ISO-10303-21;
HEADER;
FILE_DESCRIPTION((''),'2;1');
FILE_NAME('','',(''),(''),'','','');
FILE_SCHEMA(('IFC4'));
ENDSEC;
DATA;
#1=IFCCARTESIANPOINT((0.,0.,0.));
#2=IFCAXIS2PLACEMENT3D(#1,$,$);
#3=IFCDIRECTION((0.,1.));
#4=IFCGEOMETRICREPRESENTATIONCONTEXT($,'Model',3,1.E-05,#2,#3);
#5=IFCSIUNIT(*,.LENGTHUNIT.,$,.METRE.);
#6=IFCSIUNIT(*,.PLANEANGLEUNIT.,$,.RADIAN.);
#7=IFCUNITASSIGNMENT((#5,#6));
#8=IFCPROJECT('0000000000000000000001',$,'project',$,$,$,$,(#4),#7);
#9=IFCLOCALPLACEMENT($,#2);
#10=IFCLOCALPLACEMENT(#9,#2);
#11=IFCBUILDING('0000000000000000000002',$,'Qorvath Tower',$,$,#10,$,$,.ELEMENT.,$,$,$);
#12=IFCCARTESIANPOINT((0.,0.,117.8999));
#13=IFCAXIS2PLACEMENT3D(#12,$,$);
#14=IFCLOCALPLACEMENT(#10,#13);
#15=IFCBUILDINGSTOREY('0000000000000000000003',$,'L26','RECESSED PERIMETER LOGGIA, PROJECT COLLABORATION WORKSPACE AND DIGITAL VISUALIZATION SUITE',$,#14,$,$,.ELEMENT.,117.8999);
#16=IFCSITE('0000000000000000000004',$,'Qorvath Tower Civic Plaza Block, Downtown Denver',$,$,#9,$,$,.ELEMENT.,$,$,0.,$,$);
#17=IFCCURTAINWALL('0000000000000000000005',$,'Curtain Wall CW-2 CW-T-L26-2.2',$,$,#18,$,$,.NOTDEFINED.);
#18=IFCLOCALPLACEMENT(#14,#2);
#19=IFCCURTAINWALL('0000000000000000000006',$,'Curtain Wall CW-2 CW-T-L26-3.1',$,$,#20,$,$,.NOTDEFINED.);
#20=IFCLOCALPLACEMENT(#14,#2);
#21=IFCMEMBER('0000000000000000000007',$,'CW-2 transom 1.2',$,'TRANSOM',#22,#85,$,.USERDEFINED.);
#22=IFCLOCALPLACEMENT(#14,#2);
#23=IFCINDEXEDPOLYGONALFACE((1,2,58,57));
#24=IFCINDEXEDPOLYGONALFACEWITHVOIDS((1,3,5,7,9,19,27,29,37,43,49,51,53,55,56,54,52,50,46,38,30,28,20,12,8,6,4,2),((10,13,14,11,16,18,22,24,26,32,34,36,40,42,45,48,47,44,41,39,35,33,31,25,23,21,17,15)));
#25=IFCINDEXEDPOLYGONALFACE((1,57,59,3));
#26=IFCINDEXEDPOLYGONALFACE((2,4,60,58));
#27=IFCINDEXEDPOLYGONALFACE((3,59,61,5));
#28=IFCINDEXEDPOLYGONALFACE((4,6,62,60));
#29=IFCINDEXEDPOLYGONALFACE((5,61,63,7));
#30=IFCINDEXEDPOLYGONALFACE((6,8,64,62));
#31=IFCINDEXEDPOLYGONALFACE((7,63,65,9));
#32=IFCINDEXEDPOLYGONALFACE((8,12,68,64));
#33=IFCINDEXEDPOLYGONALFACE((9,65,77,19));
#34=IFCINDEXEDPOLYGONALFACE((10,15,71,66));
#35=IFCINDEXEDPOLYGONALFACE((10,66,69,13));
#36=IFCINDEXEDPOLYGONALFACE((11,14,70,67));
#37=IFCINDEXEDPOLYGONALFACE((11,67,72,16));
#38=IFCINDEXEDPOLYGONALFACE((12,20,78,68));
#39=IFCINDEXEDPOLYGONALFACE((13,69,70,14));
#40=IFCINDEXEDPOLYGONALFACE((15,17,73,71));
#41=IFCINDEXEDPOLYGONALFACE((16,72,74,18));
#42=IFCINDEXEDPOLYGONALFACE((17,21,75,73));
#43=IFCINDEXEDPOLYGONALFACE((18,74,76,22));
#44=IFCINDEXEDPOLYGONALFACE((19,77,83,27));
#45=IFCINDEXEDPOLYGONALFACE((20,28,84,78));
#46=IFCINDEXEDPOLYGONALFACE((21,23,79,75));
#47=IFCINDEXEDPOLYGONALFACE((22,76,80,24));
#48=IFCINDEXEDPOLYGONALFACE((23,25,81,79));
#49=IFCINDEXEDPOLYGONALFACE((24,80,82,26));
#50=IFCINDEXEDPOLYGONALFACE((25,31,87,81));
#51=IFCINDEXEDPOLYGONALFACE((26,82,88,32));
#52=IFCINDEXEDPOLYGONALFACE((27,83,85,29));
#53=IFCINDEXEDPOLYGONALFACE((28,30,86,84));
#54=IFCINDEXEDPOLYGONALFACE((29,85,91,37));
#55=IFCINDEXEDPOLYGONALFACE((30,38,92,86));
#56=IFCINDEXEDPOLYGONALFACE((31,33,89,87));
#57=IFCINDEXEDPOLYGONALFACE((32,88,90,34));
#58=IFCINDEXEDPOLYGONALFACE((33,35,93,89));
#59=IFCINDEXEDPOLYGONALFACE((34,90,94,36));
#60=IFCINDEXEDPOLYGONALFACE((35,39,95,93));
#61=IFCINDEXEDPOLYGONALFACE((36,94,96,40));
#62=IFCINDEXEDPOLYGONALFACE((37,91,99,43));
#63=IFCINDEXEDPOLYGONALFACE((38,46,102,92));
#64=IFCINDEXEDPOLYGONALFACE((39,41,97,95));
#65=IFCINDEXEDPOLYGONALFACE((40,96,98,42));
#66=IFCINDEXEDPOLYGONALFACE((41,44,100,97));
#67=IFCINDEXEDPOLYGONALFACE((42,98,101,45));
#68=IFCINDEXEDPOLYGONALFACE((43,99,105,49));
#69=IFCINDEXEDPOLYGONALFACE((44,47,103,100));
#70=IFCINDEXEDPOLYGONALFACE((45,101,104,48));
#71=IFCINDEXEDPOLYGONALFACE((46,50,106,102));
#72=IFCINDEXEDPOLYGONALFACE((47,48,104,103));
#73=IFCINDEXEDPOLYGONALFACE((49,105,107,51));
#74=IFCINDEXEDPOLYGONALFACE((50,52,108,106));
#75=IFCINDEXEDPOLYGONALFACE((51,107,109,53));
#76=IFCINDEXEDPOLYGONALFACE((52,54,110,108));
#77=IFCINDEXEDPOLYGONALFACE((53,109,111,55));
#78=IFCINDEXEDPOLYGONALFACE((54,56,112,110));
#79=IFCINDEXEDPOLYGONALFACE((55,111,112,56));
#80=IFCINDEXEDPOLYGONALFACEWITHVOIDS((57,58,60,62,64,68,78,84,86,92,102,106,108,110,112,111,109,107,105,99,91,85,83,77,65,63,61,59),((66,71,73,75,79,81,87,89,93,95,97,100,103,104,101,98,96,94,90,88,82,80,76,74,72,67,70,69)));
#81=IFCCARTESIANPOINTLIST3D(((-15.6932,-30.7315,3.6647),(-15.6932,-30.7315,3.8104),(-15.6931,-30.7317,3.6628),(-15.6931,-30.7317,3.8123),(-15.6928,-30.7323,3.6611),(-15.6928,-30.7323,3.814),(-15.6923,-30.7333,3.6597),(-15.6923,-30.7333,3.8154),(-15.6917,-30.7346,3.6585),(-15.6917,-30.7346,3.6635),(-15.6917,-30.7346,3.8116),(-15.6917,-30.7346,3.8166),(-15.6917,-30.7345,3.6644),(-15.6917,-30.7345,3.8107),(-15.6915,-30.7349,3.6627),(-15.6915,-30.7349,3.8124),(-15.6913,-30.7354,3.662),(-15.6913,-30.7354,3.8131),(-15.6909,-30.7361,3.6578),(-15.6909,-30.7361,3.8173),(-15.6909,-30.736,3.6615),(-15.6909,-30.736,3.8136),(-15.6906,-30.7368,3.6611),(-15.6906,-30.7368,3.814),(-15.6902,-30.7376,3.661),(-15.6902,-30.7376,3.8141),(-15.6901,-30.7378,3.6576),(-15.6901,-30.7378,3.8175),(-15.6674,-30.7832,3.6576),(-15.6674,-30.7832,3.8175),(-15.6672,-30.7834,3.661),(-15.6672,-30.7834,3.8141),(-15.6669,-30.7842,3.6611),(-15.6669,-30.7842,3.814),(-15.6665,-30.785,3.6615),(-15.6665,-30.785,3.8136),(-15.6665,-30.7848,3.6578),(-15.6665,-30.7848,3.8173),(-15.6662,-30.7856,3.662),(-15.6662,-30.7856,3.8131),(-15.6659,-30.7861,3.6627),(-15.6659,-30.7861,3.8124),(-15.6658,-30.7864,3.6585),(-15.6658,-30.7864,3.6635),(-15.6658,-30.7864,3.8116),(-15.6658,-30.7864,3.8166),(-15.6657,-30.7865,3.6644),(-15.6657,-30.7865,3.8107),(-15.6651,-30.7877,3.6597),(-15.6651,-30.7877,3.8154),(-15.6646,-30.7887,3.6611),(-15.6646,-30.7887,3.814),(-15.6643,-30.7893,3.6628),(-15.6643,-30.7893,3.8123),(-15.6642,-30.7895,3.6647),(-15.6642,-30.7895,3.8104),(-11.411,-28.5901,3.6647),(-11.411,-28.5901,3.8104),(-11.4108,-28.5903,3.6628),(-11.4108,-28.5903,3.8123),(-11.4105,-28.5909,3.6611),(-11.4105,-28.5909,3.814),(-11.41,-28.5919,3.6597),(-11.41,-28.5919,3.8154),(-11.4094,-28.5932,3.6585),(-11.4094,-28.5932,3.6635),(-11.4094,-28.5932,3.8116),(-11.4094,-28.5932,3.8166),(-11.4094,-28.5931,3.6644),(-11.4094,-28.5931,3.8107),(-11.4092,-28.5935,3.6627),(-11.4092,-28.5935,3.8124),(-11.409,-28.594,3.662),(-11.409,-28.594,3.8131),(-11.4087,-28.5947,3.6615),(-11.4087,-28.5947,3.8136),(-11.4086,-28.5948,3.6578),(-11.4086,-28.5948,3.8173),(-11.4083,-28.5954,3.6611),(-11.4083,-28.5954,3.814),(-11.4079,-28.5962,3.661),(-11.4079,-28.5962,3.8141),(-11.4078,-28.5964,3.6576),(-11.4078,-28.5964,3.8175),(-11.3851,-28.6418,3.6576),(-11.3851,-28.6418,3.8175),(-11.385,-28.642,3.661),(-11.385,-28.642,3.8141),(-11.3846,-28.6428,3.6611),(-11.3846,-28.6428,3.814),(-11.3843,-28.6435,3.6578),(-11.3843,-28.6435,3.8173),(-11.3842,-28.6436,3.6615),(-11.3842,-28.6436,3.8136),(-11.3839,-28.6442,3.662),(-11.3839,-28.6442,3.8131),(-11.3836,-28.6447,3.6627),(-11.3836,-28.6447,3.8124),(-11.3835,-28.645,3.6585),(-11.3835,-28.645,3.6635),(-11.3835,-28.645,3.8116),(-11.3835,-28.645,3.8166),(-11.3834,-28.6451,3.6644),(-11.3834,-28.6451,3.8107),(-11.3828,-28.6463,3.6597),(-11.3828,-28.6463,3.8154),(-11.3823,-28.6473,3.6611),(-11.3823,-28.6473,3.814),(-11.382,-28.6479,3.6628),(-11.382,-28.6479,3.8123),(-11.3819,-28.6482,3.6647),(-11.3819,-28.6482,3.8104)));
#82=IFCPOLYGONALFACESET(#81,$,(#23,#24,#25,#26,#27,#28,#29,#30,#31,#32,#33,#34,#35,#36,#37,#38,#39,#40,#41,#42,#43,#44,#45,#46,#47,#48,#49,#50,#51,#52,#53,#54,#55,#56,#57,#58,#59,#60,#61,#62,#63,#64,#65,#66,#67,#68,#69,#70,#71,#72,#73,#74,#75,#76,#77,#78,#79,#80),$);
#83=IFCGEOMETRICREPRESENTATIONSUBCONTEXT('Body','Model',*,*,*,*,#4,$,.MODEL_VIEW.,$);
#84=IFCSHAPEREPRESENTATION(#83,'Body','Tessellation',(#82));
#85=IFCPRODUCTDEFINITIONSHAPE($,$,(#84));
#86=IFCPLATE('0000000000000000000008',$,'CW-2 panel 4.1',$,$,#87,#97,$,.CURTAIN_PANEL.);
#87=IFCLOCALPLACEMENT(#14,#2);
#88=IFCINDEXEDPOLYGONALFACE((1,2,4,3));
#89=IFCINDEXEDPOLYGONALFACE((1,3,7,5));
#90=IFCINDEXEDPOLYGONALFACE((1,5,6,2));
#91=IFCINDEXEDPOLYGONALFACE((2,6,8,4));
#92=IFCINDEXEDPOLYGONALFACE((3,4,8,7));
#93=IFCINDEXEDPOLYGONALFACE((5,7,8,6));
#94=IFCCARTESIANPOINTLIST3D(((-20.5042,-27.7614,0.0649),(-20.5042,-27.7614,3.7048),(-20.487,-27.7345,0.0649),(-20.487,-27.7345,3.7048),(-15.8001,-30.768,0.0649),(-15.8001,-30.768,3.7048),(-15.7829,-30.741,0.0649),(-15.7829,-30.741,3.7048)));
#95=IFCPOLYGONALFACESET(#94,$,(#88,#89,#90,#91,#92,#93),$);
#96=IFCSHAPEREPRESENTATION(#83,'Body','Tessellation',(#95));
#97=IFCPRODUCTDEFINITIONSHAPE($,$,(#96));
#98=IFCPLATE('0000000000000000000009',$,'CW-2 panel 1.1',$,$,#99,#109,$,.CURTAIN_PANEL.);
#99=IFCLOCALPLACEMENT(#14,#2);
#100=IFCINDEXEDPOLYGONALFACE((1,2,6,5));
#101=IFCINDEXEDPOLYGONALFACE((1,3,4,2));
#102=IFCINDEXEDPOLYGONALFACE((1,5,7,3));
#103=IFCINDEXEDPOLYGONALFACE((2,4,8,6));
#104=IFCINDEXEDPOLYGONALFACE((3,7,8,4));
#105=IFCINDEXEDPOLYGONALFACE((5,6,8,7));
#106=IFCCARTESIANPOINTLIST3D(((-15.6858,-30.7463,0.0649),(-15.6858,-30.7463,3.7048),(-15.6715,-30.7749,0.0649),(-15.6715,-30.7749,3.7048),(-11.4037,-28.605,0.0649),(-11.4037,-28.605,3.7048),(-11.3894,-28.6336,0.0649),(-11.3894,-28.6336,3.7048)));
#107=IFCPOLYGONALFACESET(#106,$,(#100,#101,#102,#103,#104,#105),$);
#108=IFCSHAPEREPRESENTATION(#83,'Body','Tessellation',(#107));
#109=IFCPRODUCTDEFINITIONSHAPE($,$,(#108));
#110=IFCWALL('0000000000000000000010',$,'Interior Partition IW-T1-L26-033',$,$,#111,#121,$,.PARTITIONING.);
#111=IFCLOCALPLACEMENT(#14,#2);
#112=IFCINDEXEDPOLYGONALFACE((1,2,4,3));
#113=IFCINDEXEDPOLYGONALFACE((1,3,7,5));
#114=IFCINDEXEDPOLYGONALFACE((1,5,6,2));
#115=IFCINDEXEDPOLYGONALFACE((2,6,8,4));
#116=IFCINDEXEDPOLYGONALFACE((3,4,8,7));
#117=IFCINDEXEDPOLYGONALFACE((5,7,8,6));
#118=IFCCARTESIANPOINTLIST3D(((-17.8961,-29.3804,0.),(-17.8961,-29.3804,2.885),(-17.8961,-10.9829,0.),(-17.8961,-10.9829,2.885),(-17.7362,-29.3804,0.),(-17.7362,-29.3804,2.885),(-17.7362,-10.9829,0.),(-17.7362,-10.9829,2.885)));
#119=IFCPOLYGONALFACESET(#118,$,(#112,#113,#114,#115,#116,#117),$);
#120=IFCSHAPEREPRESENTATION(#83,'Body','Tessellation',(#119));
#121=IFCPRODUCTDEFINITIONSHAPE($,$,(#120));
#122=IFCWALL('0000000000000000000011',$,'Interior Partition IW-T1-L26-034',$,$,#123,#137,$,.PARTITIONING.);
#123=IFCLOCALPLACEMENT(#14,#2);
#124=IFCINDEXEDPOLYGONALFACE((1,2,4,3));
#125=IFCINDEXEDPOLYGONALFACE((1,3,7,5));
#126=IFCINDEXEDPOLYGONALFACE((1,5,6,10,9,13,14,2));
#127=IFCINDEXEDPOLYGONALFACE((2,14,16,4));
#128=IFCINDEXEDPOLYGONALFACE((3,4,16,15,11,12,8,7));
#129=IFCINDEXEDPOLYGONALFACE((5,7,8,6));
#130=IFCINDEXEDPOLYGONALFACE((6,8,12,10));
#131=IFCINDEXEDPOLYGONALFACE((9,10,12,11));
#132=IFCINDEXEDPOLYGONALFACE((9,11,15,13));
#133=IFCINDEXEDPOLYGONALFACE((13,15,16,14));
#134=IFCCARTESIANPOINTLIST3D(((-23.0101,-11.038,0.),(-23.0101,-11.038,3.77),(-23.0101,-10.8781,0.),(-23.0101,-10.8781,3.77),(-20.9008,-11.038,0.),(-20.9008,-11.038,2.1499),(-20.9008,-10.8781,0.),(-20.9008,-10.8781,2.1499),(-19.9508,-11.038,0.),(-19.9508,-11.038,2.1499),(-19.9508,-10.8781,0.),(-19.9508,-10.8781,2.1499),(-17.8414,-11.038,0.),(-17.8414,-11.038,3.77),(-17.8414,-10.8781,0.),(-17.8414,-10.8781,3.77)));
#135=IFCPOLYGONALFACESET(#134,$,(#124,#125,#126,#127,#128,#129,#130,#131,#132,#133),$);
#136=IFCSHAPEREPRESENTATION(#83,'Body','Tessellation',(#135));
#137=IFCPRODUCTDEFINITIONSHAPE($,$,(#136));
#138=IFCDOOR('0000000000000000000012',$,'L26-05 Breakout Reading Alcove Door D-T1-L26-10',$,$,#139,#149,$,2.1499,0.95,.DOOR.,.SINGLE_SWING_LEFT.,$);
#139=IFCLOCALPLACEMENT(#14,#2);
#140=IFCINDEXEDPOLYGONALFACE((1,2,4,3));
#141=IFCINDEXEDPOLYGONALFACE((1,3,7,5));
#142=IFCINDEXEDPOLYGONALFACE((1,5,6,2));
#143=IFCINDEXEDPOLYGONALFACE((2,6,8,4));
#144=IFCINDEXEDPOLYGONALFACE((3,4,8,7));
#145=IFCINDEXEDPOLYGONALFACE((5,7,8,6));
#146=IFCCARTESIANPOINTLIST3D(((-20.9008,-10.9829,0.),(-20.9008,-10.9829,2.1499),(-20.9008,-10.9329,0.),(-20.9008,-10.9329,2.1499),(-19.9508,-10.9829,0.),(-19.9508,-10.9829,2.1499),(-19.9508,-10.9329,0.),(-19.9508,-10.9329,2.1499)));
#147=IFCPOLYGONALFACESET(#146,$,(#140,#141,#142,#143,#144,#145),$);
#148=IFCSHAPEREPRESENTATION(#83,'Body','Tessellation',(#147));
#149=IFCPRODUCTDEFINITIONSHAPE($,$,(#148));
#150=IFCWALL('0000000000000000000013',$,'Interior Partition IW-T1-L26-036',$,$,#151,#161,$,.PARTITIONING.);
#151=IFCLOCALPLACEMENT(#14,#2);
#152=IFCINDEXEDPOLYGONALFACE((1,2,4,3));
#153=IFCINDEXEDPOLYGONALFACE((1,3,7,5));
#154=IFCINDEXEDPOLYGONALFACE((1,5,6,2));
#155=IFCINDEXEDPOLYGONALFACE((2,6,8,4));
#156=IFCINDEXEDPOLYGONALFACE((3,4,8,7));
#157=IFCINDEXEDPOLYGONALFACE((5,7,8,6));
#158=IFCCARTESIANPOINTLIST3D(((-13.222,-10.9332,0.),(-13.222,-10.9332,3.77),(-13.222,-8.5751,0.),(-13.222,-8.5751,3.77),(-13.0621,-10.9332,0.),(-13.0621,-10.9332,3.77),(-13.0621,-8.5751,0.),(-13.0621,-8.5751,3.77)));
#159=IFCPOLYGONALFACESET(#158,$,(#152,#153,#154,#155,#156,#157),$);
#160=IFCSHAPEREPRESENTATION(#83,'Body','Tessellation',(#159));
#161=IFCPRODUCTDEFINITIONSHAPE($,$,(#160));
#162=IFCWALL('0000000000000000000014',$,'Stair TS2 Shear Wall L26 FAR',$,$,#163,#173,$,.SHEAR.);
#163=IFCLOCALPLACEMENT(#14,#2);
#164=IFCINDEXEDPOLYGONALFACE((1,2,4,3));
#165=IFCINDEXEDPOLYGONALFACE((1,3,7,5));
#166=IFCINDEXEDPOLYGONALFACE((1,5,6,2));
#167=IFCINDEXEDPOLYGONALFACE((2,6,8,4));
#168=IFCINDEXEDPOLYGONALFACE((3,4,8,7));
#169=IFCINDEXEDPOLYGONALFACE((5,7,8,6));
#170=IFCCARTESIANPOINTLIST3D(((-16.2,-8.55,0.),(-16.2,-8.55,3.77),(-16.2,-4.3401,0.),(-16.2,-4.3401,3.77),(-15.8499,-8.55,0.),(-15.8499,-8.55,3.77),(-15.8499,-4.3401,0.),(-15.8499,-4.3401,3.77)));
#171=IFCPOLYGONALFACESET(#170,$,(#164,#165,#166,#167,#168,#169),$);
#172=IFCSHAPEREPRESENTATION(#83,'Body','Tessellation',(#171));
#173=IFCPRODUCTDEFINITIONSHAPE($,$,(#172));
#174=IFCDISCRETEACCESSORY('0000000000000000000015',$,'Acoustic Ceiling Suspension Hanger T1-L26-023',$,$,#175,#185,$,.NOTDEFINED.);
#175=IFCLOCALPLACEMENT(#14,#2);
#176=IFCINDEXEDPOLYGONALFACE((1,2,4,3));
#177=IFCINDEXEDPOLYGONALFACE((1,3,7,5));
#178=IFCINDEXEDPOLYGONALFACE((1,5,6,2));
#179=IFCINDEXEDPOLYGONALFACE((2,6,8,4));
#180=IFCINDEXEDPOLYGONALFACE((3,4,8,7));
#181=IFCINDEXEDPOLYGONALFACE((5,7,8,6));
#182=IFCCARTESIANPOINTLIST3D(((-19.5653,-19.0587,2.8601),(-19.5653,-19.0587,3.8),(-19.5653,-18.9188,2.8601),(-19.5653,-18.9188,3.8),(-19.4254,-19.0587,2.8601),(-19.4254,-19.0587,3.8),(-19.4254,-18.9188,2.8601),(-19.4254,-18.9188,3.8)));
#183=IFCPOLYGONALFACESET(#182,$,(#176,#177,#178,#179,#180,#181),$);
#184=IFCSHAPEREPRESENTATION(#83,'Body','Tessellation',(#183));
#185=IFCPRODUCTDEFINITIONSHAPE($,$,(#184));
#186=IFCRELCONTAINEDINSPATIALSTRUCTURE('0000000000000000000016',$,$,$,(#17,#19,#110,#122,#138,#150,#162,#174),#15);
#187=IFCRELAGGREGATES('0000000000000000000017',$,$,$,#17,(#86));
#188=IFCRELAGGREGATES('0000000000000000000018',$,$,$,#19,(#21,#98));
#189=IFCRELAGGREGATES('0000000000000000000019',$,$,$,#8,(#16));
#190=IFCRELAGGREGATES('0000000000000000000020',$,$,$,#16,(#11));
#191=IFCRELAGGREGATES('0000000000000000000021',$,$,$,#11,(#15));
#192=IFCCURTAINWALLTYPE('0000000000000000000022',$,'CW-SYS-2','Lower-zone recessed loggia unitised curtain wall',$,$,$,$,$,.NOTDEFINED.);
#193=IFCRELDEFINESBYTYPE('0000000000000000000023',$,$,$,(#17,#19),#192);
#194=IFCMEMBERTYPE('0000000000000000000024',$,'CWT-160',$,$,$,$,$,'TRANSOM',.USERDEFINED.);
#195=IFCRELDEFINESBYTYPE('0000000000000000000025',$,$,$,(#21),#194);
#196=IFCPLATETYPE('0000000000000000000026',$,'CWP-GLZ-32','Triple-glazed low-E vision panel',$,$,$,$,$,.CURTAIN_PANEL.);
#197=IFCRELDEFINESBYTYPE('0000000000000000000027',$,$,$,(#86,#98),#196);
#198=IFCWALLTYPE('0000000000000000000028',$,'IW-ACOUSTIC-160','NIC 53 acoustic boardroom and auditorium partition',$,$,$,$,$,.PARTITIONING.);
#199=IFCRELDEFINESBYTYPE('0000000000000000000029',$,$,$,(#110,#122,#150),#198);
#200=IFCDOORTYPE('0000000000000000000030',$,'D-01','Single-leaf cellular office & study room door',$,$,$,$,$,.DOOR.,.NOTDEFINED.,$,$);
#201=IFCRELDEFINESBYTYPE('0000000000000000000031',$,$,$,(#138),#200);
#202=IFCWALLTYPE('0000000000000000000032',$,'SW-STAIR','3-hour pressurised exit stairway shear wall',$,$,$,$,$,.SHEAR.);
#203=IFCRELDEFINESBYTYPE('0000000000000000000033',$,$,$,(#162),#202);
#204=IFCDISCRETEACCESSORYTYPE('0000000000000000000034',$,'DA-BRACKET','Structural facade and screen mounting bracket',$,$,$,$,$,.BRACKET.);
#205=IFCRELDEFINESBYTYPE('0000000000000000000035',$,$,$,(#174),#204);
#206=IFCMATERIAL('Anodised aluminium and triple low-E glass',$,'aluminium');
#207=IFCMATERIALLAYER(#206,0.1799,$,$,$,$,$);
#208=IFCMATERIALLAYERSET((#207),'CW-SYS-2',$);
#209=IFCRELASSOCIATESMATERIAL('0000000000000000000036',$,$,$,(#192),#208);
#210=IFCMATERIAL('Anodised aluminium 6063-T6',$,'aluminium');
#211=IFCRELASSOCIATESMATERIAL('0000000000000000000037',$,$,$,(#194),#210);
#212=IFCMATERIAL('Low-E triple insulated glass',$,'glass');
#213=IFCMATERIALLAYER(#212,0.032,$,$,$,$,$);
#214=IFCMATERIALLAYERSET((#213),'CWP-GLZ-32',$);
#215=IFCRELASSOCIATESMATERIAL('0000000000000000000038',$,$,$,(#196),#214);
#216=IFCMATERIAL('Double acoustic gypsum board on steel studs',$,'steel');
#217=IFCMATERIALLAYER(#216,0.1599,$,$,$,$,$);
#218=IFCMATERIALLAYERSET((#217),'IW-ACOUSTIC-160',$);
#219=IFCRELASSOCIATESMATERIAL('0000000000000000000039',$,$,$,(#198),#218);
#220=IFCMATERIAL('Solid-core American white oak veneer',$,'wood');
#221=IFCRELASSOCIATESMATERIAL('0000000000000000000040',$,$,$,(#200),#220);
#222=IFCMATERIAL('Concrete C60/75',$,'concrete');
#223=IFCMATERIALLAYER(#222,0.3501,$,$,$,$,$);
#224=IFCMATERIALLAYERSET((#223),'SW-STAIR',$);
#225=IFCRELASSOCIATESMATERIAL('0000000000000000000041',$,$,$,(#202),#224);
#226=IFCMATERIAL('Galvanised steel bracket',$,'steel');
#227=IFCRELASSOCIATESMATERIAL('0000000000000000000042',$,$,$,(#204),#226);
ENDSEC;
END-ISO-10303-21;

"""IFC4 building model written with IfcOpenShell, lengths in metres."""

from ifc_helpers import new_model, si_unit, direction, frame, frame_2d, origin, origin_2d, place, context, subcontext, project, spatial, rectangle, hollow_rectangle, extrude, material, layer, layer_set, material_profile, profile_set, type_object, element, fill, aggregate, save


model = new_model("IFC4")

# Units and contexts
model_context = context("Model", 3, precision=1e-05, world=origin(), true_north=direction((0.0, 1.0)))
body_context = subcontext(model_context, "Body", "Model", "MODEL_VIEW")
ifc_project = project(units=[si_unit("LENGTHUNIT", "METRE"), si_unit("PLANEANGLEUNIT", "RADIAN")], contexts=[model_context])

# Site, building, storey
site_placement = place(None, origin())
site = spatial("IfcSite", under=ifc_project, at=site_placement, Name="Qorvath Tower Civic Plaza Block, Downtown Denver", CompositionType="ELEMENT", RefElevation=0.0)
building_placement = place(site_placement, origin())
building = spatial("IfcBuilding", under=site, at=building_placement, Name="Qorvath Tower", CompositionType="ELEMENT")
storey_placement = place(building_placement, frame((0.0, 0.0, 117.8999)))
storey = spatial("IfcBuildingStorey", under=building, at=storey_placement, Name="L26", Description="RECESSED PERIMETER LOGGIA, PROJECT COLLABORATION WORKSPACE AND DIGITAL VISUALIZATION SUITE", CompositionType="ELEMENT", Elevation=117.8999)

# Curtain walls
ifc_material_1 = material(Name="Anodised aluminium and triple low-E glass", Category="aluminium")
ifc_layer_1 = layer(ifc_material_1, 0.1799)
ifc_layer_set_1 = layer_set([ifc_layer_1], Name="CW-SYS-2")
curtain_wall_type = type_object("IfcCurtainWallType", Name="CW-SYS-2", Description="Lower-zone recessed loggia unitised curtain wall", PredefinedType="NOTDEFINED", material=ifc_layer_set_1)
curtain_wall_1_placement = place(storey_placement, origin())
curtain_wall_1 = element("IfcCurtainWall", 1, at=curtain_wall_1_placement, inside=storey, type_object=curtain_wall_type, Name="Curtain Wall CW-2 CW-T-L26-2.2", PredefinedType="NOTDEFINED")
curtain_wall_2_placement = place(storey_placement, origin())
curtain_wall_2 = element("IfcCurtainWall", 2, at=curtain_wall_2_placement, inside=storey, type_object=curtain_wall_type, Name="Curtain Wall CW-2 CW-T-L26-3.1", PredefinedType="NOTDEFINED")

# Member
ifc_material_2 = material(Name="Anodised aluminium 6063-T6", Category="aluminium")
ifc_material_profile_1 = material_profile(ifc_material_2, hollow_rectangle(XDim=0.0649, YDim=0.1599, WallThickness=0.0034, InnerFilletRadius=0.0034, OuterFilletRadius=0.0071, at=origin_2d()), Name="CWT 160x65")
ifc_profile_set_1 = profile_set([ifc_material_profile_1], Name="Anodised aluminium 6063-T6")
member_type_1 = type_object("IfcMemberType", Name="CWT-160", ElementType="TRANSOM", PredefinedType="USERDEFINED", material=ifc_profile_set_1)
member_1_placement = place(storey_placement, frame((-15.6787, -30.7605, 3.7375), z_axis=(0.894407, 0.447254, 0.0), x_axis=(-0.447254, 0.894407, 0.0)))
member_1 = element("IfcMember", 3, at=member_1_placement, type_object=member_type_1, Name="CW-2 transom 1.2", ObjectType="TRANSOM", PredefinedType="USERDEFINED", context=body_context, shape_type="SweptSolid", body=[
    extrude(hollow_rectangle(XDim=0.0649, YDim=0.1599, WallThickness=0.0034, InnerFilletRadius=0.0034, OuterFilletRadius=0.0071, at=origin_2d()), origin(), (0.0, 0.0, 1.0), 4.7878),
])

# Plates
ifc_material_3 = material(Name="Low-E triple insulated glass", Category="glass")
ifc_layer_2 = layer(ifc_material_3, 0.032)
ifc_layer_set_2 = layer_set([ifc_layer_2], Name="CWP-GLZ-32")
plate_type = type_object("IfcPlateType", Name="CWP-GLZ-32", Description="Triple-glazed low-E vision panel", PredefinedType="CURTAIN_PANEL", material=ifc_layer_set_2)
plate_1_placement = place(storey_placement, frame((-18.1436, -29.2512, 0.0649), z_axis=(0.0, 0.0, 1.0), x_axis=(0.842602, -0.538536, 0.0)))
plate_1 = element("IfcPlate", 4, at=plate_1_placement, type_object=plate_type, Name="CW-2 panel 4.1", PredefinedType="CURTAIN_PANEL", context=body_context, shape_type="SweptSolid", body=[
    extrude(rectangle(XDim=5.5828, YDim=0.032, at=origin_2d()), origin(), (0.0, 0.0, 1.0), 3.6399),
])
aggregate(curtain_wall_1, [plate_1])
plate_2_placement = place(storey_placement, frame((-13.5376, -29.6899, 0.0649), z_axis=(0.0, 0.0, 1.0), x_axis=(0.894403, 0.447262, 0.0)))
plate_2 = element("IfcPlate", 5, at=plate_2_placement, type_object=plate_type, Name="CW-2 panel 1.1", PredefinedType="CURTAIN_PANEL", context=body_context, shape_type="SweptSolid", body=[
    extrude(rectangle(XDim=4.7876, YDim=0.032, at=origin_2d()), origin(), (0.0, 0.0, 1.0), 3.6399),
])
aggregate(curtain_wall_2, [member_1, plate_2])

# Wall
ifc_material_4 = material(Name="Double acoustic gypsum board on steel studs", Category="steel")
ifc_layer_3 = layer(ifc_material_4, 0.1599)
ifc_layer_set_3 = layer_set([ifc_layer_3], Name="IW-ACOUSTIC-160")
wall_type_1 = type_object("IfcWallType", Name="IW-ACOUSTIC-160", Description="NIC 53 acoustic boardroom and auditorium partition", PredefinedType="PARTITIONING", material=ifc_layer_set_3)
wall_1_placement = place(storey_placement, frame((-17.8162, -29.3804, 0.0), z_axis=(0.0, 0.0, 1.0), x_axis=(0.0, 1.0, 0.0)))
element("IfcWall", 6, at=wall_1_placement, inside=storey, type_object=wall_type_1, Name="Interior Partition IW-T1-L26-033", PredefinedType="PARTITIONING", context=body_context, shape_type="SweptSolid", body=[
    extrude(rectangle(XDim=18.3975, YDim=0.1599, at=frame_2d((9.1987, 0.0))), origin(), (0.0, 0.0, 1.0), 2.885),
])

# Wall, opening, door
wall_2_placement = place(storey_placement, frame((-17.8413, -10.958, 0.0), z_axis=(0.0, 0.0, 1.0), x_axis=(-1.0, 0.0, 0.0)))
wall_2 = element("IfcWall", 7, at=wall_2_placement, inside=storey, type_object=wall_type_1, Name="Interior Partition IW-T1-L26-034", PredefinedType="PARTITIONING", context=body_context, shape_type="SweptSolid", body=[
    extrude(rectangle(XDim=5.1687, YDim=0.1599, at=frame_2d((2.5845, 0.0))), origin(), (0.0, 0.0, 1.0), 3.77),
])
opening_1_placement = place(wall_2_placement, frame((2.1094, 0.0, 0.0)))
opening_1 = element("IfcOpeningElement", 8, at=opening_1_placement, cuts=wall_2, PredefinedType="OPENING", context=body_context, shape_type="SweptSolid", body=[
    extrude(rectangle(XDim=0.95, YDim=2.1499, at=frame_2d((0.4751, 1.075))), frame((0.0, 0.0898, 0.0), z_axis=(0.0, -1.0, 0.0), x_axis=(1.0, 0.0, 0.0)), (0.0, 0.0, 1.0), 0.1799),
])
ifc_material_5 = material(Name="Solid-core American white oak veneer", Category="wood")
door_type_1 = type_object("IfcDoorType", Name="D-01", Description="Single-leaf cellular office & study room door", OperationType="NOTDEFINED", PredefinedType="DOOR", material=ifc_material_5)
door_1_placement = place(opening_1_placement, origin())
door_1 = element("IfcDoor", 9, at=door_1_placement, inside=storey, type_object=door_type_1, Name="L26-05 Breakout Reading Alcove Door D-T1-L26-10", OperationType="SINGLE_SWING_LEFT", OverallHeight=2.1499, OverallWidth=0.95, PredefinedType="DOOR", context=body_context, shape_type="SweptSolid", body=[
    extrude(rectangle(XDim=0.95, YDim=2.1499, at=frame_2d((0.4751, 1.075))), frame((0.0, 0.0249, 0.0), z_axis=(0.0, -1.0, 0.0), x_axis=(1.0, 0.0, 0.0)), (0.0, 0.0, 1.0), 0.05),
])
fill(opening_1, door_1)

# Wall
wall_3_placement = place(storey_placement, frame((-13.1421, -8.575, 0.0), z_axis=(0.0, 0.0, 1.0), x_axis=(0.0, -1.0, 0.0)))
element("IfcWall", 10, at=wall_3_placement, inside=storey, type_object=wall_type_1, Name="Interior Partition IW-T1-L26-036", PredefinedType="PARTITIONING", context=body_context, shape_type="SweptSolid", body=[
    extrude(rectangle(XDim=2.3582, YDim=0.1599, at=frame_2d((1.1792, 0.0))), origin(), (0.0, 0.0, 1.0), 3.77),
])

# Wall
ifc_material_6 = material(Name="Concrete C60/75", Category="concrete")
ifc_layer_4 = layer(ifc_material_6, 0.3501)
ifc_layer_set_4 = layer_set([ifc_layer_4], Name="SW-STAIR")
wall_type_2 = type_object("IfcWallType", Name="SW-STAIR", Description="3-hour pressurised exit stairway shear wall", PredefinedType="SHEAR", material=ifc_layer_set_4)
wall_4_placement = place(storey_placement, frame((-16.0249, -8.55, 0.0), z_axis=(0.0, 0.0, 1.0), x_axis=(0.0, 1.0, 0.0)))
element("IfcWall", 11, at=wall_4_placement, inside=storey, type_object=wall_type_2, Name="Stair TS2 Shear Wall L26 FAR", PredefinedType="SHEAR", context=body_context, shape_type="SweptSolid", body=[
    extrude(rectangle(XDim=4.21, YDim=0.3501, at=frame_2d((2.105, 0.0))), origin(), (0.0, 0.0, 1.0), 3.77),
])

# Discrete accessory
ifc_material_7 = material(Name="Galvanised steel bracket", Category="steel")
discrete_accessory_type = type_object("IfcDiscreteAccessoryType", Name="DA-BRACKET", Description="Structural facade and screen mounting bracket", PredefinedType="BRACKET", material=ifc_material_7)
for number, where, z_axis, x_axis, name in (
    (12, (-19.4954, -18.9888, 2.8601), (0.0, 0.0, 1.0), (1.0, 0.0, 0.0), "Acoustic Ceiling Suspension Hanger T1-L26-023"),
):
    element("IfcDiscreteAccessory", number, at=place(storey_placement, frame(where, z_axis=z_axis, x_axis=x_axis)), inside=storey, type_object=discrete_accessory_type, Name=name, PredefinedType="NOTDEFINED", context=body_context, shape_type="SweptSolid", body=[
        extrude(rectangle(XDim=0.1399, YDim=0.1399, at=origin_2d()), origin(), (0.0, 0.0, 1.0), 0.9399),
    ])

save(model, "model.ifc")
